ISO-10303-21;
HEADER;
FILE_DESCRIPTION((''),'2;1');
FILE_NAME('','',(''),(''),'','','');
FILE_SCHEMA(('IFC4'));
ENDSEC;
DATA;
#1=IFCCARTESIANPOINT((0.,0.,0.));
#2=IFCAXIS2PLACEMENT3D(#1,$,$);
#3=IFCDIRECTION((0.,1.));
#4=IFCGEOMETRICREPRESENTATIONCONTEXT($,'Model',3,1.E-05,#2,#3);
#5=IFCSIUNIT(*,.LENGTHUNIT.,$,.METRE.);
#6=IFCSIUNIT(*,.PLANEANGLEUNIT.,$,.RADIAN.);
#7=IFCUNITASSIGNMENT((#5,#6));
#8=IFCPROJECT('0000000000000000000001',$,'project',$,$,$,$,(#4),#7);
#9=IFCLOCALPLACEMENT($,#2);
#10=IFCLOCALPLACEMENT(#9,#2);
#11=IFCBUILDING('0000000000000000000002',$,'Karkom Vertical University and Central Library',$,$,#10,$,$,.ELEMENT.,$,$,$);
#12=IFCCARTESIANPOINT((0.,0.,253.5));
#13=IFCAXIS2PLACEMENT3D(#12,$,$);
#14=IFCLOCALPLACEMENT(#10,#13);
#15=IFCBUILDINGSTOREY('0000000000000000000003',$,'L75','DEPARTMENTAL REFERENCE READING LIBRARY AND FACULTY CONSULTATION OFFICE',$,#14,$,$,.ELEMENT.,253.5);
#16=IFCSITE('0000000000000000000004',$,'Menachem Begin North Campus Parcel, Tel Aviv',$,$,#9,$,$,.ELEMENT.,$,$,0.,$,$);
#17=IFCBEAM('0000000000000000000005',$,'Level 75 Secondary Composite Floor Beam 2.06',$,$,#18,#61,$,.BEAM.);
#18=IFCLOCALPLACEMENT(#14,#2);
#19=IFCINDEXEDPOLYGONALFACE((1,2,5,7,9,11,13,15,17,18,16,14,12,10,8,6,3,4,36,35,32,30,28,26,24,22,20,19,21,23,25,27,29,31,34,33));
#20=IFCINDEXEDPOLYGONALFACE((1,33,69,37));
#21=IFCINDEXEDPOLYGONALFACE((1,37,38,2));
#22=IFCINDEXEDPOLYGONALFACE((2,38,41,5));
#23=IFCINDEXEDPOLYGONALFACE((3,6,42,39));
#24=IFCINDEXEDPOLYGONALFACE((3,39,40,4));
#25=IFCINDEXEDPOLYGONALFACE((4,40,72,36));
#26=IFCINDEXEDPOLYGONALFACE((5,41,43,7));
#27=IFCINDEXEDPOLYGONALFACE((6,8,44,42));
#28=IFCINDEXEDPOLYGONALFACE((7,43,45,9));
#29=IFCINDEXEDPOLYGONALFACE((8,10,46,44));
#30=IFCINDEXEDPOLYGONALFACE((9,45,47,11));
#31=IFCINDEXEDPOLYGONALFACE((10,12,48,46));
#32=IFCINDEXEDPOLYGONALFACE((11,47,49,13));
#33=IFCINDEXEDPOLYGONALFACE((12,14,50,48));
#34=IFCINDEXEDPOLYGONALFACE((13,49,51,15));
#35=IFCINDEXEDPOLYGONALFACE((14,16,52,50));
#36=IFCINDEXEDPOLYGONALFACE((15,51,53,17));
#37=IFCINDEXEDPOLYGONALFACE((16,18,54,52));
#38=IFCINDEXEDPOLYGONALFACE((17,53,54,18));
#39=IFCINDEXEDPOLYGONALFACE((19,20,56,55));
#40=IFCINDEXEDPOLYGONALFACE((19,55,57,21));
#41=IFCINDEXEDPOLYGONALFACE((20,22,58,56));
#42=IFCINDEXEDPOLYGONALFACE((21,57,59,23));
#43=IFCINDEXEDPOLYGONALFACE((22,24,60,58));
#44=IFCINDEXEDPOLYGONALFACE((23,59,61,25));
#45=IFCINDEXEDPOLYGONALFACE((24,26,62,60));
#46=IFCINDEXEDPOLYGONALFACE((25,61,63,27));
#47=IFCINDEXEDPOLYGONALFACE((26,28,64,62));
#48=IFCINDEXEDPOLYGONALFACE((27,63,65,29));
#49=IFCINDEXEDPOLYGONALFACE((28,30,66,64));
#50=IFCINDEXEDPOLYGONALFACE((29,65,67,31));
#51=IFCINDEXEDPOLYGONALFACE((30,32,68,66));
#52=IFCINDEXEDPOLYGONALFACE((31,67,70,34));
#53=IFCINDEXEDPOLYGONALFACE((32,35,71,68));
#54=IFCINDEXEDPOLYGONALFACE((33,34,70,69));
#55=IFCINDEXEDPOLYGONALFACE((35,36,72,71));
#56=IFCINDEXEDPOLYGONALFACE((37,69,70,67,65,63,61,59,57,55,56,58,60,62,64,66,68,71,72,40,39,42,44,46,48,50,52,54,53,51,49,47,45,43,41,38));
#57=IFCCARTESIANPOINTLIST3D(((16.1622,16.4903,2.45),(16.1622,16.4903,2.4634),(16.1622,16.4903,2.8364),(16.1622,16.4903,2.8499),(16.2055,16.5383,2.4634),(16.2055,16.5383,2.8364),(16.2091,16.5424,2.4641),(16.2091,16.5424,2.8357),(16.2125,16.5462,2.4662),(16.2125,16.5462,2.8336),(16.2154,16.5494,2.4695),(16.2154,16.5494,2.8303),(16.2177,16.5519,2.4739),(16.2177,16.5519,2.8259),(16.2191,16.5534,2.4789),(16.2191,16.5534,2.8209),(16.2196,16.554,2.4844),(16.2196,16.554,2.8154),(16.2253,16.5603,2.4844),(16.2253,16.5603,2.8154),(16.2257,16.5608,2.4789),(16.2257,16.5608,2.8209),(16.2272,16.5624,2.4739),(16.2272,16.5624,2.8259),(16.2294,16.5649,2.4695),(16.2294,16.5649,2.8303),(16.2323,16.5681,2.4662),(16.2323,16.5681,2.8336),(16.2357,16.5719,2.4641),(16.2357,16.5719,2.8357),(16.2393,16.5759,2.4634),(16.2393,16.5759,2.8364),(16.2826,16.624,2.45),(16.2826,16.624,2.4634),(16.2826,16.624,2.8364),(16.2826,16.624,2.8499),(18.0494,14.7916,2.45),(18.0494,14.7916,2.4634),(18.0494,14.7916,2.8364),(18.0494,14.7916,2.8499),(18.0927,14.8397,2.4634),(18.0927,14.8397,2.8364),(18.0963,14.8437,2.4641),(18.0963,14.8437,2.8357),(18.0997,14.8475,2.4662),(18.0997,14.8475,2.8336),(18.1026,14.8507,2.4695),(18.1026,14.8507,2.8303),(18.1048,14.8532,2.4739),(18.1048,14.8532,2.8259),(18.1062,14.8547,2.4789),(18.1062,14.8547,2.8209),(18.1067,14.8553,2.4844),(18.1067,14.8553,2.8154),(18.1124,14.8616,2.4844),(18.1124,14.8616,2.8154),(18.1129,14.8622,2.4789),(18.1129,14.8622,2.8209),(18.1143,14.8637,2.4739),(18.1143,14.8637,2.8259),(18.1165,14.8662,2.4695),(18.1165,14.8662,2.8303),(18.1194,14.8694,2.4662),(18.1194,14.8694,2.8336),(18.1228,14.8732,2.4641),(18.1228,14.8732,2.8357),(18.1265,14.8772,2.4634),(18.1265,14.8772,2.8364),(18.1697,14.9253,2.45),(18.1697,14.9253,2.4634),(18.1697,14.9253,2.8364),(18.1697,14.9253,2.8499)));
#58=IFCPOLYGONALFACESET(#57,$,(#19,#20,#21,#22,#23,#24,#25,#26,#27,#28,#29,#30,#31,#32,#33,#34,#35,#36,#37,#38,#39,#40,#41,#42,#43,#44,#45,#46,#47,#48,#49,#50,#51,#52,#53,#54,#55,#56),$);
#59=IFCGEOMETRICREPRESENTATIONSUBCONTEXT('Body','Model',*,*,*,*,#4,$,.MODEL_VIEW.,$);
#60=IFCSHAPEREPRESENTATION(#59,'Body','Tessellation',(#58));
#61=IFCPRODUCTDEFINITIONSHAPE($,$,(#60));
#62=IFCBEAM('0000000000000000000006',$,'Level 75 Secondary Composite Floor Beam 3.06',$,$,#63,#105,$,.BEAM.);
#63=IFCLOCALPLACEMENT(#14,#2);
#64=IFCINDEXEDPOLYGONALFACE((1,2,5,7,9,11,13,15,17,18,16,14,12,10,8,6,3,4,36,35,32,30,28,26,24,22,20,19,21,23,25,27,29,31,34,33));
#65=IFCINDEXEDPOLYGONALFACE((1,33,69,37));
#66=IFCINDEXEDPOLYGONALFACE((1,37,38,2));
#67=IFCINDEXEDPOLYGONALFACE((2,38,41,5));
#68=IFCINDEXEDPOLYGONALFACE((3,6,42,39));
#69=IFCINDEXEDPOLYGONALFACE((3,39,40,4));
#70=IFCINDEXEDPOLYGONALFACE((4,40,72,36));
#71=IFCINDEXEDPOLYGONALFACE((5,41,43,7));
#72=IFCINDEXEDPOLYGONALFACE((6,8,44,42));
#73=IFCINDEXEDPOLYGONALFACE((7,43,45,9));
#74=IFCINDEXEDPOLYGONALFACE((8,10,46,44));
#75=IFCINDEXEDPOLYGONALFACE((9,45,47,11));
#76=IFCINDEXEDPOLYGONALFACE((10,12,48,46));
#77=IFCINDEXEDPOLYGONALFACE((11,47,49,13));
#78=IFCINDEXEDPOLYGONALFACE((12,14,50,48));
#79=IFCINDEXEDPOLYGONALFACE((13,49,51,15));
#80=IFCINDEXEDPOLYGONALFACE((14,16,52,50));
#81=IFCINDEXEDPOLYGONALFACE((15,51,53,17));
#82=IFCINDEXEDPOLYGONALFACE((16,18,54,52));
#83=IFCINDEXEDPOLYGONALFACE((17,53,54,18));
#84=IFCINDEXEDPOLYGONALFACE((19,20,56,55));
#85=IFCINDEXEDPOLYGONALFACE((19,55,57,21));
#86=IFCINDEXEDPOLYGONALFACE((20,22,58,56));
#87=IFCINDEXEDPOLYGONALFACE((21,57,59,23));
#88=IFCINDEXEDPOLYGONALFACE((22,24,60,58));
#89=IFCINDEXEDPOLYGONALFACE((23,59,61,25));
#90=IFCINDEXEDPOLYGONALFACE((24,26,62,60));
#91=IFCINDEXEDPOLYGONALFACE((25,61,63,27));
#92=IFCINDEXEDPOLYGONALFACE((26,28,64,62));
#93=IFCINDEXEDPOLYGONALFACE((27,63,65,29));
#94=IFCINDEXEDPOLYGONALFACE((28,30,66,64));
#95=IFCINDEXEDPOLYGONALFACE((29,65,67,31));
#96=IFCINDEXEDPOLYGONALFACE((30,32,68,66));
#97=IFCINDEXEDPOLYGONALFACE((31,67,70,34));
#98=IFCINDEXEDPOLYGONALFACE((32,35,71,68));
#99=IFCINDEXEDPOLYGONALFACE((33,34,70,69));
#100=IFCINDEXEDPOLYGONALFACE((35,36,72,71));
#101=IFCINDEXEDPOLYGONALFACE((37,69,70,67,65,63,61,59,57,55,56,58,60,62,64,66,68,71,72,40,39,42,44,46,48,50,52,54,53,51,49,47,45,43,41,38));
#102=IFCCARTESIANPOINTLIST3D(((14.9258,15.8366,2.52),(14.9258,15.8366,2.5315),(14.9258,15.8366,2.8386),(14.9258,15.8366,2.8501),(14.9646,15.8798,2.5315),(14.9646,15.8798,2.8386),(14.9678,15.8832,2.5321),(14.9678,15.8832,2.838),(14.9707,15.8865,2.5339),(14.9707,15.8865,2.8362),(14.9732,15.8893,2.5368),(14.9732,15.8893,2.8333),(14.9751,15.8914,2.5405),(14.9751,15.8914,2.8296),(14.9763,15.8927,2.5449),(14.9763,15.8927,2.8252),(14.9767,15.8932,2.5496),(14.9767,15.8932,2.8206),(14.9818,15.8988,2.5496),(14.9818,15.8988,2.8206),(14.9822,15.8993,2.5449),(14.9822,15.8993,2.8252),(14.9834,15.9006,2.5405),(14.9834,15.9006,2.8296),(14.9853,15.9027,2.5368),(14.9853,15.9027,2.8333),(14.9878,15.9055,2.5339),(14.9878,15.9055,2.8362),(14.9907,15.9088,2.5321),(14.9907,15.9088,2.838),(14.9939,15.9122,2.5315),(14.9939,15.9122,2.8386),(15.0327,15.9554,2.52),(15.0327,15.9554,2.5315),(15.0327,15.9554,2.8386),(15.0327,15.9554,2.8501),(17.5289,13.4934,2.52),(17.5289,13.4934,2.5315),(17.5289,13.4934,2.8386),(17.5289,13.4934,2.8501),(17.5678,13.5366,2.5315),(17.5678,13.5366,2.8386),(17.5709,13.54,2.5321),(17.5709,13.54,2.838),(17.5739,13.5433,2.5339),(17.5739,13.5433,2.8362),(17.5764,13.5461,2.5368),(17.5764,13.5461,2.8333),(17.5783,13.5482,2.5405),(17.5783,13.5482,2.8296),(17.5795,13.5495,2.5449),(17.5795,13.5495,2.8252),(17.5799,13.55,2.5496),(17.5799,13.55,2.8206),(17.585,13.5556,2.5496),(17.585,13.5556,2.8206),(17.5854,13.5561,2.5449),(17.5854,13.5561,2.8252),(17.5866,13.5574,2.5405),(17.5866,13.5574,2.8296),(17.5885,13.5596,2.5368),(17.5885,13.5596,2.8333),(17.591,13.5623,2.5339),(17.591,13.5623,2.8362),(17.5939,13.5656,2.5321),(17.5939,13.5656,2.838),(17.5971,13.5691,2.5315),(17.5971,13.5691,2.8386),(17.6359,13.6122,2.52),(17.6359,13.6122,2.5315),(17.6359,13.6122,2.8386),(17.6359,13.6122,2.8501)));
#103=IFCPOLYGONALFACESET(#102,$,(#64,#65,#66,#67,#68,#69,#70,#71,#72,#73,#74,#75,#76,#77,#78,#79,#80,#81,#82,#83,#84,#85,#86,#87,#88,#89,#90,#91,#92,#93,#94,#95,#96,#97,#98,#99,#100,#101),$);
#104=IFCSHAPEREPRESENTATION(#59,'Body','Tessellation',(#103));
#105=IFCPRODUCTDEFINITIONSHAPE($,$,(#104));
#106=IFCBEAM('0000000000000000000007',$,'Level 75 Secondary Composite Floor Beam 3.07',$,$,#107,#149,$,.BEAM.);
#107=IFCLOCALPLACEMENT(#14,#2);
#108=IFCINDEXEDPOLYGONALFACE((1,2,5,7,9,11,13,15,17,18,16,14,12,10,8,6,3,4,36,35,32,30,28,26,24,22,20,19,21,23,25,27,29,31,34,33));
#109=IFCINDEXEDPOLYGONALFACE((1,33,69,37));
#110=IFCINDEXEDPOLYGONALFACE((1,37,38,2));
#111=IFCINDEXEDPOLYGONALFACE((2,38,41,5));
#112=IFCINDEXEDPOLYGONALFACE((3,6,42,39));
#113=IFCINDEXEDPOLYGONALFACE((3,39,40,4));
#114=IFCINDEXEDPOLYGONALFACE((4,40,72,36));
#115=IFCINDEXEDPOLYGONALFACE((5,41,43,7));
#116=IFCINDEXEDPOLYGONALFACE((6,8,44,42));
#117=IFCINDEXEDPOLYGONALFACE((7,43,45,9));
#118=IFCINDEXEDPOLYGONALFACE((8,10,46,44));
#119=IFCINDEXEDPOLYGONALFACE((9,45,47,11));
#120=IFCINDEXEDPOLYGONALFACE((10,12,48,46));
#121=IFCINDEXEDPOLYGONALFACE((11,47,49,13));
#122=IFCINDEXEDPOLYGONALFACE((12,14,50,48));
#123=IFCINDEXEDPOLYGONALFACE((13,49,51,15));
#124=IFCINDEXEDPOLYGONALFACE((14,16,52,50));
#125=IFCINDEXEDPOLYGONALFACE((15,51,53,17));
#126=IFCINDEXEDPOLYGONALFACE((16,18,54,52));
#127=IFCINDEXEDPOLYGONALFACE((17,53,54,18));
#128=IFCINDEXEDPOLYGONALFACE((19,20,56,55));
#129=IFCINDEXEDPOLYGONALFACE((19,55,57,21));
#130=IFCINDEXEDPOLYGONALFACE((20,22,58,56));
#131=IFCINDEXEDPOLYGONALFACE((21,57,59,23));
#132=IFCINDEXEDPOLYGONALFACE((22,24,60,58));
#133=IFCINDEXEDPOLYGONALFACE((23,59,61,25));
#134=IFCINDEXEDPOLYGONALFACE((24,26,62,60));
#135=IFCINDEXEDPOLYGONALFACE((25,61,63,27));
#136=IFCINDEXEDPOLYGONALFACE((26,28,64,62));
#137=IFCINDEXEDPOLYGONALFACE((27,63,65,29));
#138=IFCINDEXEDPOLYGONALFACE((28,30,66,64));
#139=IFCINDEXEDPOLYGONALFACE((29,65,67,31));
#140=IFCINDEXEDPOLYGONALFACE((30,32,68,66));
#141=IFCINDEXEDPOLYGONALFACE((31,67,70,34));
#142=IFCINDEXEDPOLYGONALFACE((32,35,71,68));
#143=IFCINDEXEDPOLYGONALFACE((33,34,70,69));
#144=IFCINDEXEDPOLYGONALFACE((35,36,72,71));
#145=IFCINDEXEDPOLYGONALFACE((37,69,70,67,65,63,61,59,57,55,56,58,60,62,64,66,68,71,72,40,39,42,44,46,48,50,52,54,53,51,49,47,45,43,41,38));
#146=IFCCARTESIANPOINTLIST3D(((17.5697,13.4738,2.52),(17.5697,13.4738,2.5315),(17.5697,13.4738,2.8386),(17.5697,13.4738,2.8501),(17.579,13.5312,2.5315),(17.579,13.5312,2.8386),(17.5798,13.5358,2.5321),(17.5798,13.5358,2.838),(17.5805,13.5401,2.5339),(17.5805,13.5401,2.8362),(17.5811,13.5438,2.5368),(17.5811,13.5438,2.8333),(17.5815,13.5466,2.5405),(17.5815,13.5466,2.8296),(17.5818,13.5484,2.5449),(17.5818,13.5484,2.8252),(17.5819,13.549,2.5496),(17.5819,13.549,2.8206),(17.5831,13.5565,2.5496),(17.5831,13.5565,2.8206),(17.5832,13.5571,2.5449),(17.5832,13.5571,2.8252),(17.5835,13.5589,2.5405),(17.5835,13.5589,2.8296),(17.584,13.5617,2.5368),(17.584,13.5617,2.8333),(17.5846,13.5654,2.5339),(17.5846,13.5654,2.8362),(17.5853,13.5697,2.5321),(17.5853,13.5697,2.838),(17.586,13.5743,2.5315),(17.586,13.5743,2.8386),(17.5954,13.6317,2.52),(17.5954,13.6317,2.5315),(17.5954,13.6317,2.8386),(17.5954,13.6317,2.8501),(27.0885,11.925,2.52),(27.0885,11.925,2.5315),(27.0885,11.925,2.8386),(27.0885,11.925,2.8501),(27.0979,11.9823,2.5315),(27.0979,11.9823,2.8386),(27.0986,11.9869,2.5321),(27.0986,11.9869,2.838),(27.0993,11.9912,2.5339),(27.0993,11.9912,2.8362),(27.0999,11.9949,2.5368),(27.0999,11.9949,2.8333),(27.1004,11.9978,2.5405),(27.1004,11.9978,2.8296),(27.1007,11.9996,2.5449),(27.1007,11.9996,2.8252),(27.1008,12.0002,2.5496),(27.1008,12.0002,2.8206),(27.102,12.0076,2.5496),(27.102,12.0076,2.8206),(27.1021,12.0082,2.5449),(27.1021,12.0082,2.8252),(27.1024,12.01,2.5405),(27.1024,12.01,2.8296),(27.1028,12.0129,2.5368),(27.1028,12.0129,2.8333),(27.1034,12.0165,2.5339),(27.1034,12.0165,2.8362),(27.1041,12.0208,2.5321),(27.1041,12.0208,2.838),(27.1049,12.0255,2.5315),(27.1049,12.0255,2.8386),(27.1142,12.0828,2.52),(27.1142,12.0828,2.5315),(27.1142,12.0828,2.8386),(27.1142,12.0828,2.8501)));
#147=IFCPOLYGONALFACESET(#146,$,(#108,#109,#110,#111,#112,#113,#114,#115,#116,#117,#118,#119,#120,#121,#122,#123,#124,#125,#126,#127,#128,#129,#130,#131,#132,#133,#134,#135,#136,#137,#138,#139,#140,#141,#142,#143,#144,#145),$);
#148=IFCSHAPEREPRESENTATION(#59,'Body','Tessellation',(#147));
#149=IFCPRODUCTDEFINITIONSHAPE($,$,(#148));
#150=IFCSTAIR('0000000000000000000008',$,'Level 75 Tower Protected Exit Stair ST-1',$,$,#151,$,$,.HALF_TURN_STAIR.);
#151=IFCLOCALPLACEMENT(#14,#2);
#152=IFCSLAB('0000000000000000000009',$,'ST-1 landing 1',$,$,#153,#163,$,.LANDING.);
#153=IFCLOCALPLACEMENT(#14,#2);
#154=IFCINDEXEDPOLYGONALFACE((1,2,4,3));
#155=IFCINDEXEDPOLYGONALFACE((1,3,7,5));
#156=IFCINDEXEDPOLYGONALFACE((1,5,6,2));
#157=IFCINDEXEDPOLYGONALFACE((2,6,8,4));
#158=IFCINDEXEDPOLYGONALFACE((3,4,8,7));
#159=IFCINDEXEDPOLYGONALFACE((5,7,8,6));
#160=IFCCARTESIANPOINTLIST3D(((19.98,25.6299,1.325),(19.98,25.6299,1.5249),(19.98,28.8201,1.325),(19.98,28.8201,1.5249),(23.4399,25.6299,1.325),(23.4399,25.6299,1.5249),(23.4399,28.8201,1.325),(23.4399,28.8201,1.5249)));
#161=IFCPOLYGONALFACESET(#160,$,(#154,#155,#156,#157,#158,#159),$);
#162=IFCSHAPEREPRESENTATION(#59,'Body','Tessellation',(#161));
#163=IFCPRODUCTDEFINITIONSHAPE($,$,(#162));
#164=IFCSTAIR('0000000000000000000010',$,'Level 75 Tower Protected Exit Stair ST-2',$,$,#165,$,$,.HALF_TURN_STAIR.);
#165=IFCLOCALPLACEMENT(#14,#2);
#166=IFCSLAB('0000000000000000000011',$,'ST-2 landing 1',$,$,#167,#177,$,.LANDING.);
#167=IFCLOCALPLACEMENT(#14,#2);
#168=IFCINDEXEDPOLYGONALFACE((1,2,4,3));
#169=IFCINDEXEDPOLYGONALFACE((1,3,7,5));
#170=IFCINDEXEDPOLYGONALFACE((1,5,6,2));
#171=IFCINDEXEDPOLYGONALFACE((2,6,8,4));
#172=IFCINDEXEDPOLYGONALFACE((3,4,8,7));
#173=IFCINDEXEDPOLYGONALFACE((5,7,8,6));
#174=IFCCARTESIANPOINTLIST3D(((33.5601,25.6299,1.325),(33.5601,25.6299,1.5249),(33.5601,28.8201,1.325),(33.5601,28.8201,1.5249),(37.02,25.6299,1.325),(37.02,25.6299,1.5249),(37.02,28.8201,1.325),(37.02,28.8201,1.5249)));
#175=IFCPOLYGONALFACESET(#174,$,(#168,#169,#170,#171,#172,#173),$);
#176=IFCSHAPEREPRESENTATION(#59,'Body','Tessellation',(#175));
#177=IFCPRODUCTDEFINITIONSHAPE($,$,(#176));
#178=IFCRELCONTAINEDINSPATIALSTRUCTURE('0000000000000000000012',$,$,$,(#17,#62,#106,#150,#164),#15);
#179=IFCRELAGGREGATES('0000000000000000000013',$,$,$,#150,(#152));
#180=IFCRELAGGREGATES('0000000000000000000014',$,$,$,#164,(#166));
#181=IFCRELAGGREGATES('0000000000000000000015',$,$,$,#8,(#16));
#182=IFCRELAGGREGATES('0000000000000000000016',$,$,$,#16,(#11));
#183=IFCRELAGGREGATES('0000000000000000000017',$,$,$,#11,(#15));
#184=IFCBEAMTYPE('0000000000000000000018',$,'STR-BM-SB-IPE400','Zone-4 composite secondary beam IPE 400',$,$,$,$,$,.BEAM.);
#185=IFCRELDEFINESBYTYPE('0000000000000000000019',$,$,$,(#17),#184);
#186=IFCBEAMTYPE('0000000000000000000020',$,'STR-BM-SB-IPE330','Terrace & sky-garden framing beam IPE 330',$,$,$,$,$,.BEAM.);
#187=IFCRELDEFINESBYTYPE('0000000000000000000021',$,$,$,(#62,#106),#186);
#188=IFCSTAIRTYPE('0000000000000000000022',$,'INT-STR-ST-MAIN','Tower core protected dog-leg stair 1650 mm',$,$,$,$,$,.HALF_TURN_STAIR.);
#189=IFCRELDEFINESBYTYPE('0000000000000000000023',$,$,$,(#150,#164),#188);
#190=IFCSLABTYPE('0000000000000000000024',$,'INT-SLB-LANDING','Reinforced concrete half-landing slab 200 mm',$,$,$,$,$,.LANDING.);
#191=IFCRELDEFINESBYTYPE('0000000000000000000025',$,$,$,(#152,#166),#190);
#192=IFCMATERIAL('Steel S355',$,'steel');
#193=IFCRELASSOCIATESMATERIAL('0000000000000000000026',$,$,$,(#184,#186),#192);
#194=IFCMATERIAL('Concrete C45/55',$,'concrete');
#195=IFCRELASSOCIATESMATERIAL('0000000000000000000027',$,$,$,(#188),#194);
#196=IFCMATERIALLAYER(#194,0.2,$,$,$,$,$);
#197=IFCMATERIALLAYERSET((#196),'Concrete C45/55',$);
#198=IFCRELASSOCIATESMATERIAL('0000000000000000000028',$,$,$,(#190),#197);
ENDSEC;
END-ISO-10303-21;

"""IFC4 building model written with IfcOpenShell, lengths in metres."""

from ifc_helpers import new_model, si_unit, direction, frame, origin, origin_with_axes, origin_2d, place, context, subcontext, project, spatial, polyline, i_section, outline, extrude, source, transform, mapped, material, layer, layer_set, material_profile, profile_set, type_object, element, aggregate, save


model = new_model("IFC4")

# Units and contexts
model_context = context("Model", 3, precision=1e-05, world=origin(), true_north=direction((0.0, 1.0)))
body_context = subcontext(model_context, "Body", "Model", "MODEL_VIEW")
ifc_project = project(units=[si_unit("LENGTHUNIT", "METRE"), si_unit("PLANEANGLEUNIT", "RADIAN")], contexts=[model_context])

# Site, building, storey
site_placement = place(None, origin())
site = spatial("IfcSite", under=ifc_project, at=site_placement, Name="Menachem Begin North Campus Parcel, Tel Aviv", CompositionType="ELEMENT", RefElevation=0.0)
building_placement = place(site_placement, origin())
building = spatial("IfcBuilding", under=site, at=building_placement, Name="Karkom Vertical University and Central Library", CompositionType="ELEMENT")
storey_placement = place(building_placement, frame((0.0, 0.0, 253.5)))
storey = spatial("IfcBuildingStorey", under=building, at=storey_placement, Name="L75", Description="DEPARTMENTAL REFERENCE READING LIBRARY AND FACULTY CONSULTATION OFFICE", CompositionType="ELEMENT", Elevation=253.5)

# Shared definitions
ifc_material_1 = material(Name="Concrete C45/55", Category="concrete")

# Beams
ifc_material_2 = material(Name="Steel S355", Category="steel")
ifc_material_profile_1 = material_profile(ifc_material_2, i_section(OverallWidth=0.1799, OverallDepth=0.3999, WebThickness=0.0085, FlangeThickness=0.0134, FilletRadius=0.021, at=origin_2d()), Name="IPE 400")
ifc_profile_set_1 = profile_set([ifc_material_profile_1], Name="Steel S355")
beam_type_1 = type_object("IfcBeamType", Name="STR-BM-SB-IPE400", Description="Zone-4 composite secondary beam IPE 400", PredefinedType="BEAM", material=ifc_profile_set_1)
shared_shape_1 = source(origin_with_axes(), body_context, "Body", "SweptSolid", [
    extrude(i_section(OverallWidth=0.1799, OverallDepth=0.3999, WebThickness=0.0085, FlangeThickness=0.0134, FilletRadius=0.021, at=origin_2d()), origin(), (0.0, 0.0, 1.0), 2.5391),
])
beam_1_placement = place(storey_placement, frame((16.2224, 16.5571, 2.6499), z_axis=(0.743246, -0.669018, 0.0), x_axis=(0.669018, 0.743246, 0.0)))
element("IfcBeam", 1, at=beam_1_placement, inside=storey, type_object=beam_type_1, Name="Level 75 Secondary Composite Floor Beam 2.06", PredefinedType="BEAM", context=body_context, shape_type="MappedRepresentation", body=[
    mapped(shared_shape_1, transform((0.0, 0.0, 0.0), scale=1.0)),
])
ifc_material_profile_2 = material_profile(ifc_material_2, i_section(OverallWidth=0.1599, OverallDepth=0.3301, WebThickness=0.0076, FlangeThickness=0.0115, FilletRadius=0.0181, at=origin_2d()), Name="IPE 330")
ifc_profile_set_2 = profile_set([ifc_material_profile_2], Name="Steel S355")
beam_type_2 = type_object("IfcBeamType", Name="STR-BM-SB-IPE330", Description="Terrace & sky-garden framing beam IPE 330", PredefinedType="BEAM", material=ifc_profile_set_2)
shared_shape_2 = source(origin_with_axes(), body_context, "Body", "SweptSolid", [
    extrude(i_section(OverallWidth=0.1599, OverallDepth=0.3301, WebThickness=0.0076, FlangeThickness=0.0115, FilletRadius=0.0181, at=origin_2d()), origin(), (0.0, 0.0, 1.0), 3.5024),
])
beam_2_placement = place(storey_placement, frame((14.9792, 15.896, 2.6851), z_axis=(0.743249, -0.669015, 0.0), x_axis=(0.669015, 0.743249, 0.0)))
element("IfcBeam", 2, at=beam_2_placement, inside=storey, type_object=beam_type_2, Name="Level 75 Secondary Composite Floor Beam 3.06", PredefinedType="BEAM", context=body_context, shape_type="MappedRepresentation", body=[
    mapped(shared_shape_2, transform((0.0, 0.0, 0.0), scale=1.0)),
])
shared_shape_3 = source(origin_with_axes(), body_context, "Body", "SweptSolid", [
    extrude(i_section(OverallWidth=0.1599, OverallDepth=0.3301, WebThickness=0.0076, FlangeThickness=0.0115, FilletRadius=0.0181, at=origin_2d()), origin(), (0.0, 0.0, 1.0), 9.644),
])
beam_3_placement = place(storey_placement, frame((17.5825, 13.5527, 2.6851), z_axis=(0.987019, -0.1606, 0.0), x_axis=(0.1606, 0.987019, 0.0)))
element("IfcBeam", 3, at=beam_3_placement, inside=storey, type_object=beam_type_2, Name="Level 75 Secondary Composite Floor Beam 3.07", PredefinedType="BEAM", context=body_context, shape_type="MappedRepresentation", body=[
    mapped(shared_shape_3, transform((0.0, 0.0, 0.0), scale=1.0)),
])

# Stairs, slabs
stair_type = type_object("IfcStairType", Name="INT-STR-ST-MAIN", Description="Tower core protected dog-leg stair 1650 mm", PredefinedType="HALF_TURN_STAIR", material=ifc_material_1)
stair_1_placement = place(storey_placement, origin())
stair_1 = element("IfcStair", 4, at=stair_1_placement, inside=storey, type_object=stair_type, Name="Level 75 Tower Protected Exit Stair ST-1", PredefinedType="HALF_TURN_STAIR")
ifc_layer_1 = layer(ifc_material_1, 0.2)
ifc_layer_set_1 = layer_set([ifc_layer_1], Name="Concrete C45/55")
slab_type_1 = type_object("IfcSlabType", Name="INT-SLB-LANDING", Description="Reinforced concrete half-landing slab 200 mm", PredefinedType="LANDING", material=ifc_layer_set_1)
slab_1_placement = place(storey_placement, frame((0.0, 0.0, 1.325)))
slab_1 = element("IfcSlab", 5, at=slab_1_placement, type_object=slab_type_1, Name="ST-1 landing 1", PredefinedType="LANDING", context=body_context, shape_type="SweptSolid", body=[
    extrude(outline(polyline([(23.4399, 25.6299), (23.4399, 28.8201), (19.98, 28.8201), (19.98, 25.6299), (23.4399, 25.6299)])), origin(), (0.0, 0.0, 1.0), 0.2),
])
aggregate(stair_1, [slab_1])
stair_2_placement = place(storey_placement, origin())
stair_2 = element("IfcStair", 6, at=stair_2_placement, inside=storey, type_object=stair_type, Name="Level 75 Tower Protected Exit Stair ST-2", PredefinedType="HALF_TURN_STAIR")
slab_2_placement = place(storey_placement, frame((0.0, 0.0, 1.325)))
slab_2 = element("IfcSlab", 7, at=slab_2_placement, type_object=slab_type_1, Name="ST-2 landing 1", PredefinedType="LANDING", context=body_context, shape_type="SweptSolid", body=[
    extrude(outline(polyline([(37.02, 25.6299), (37.02, 28.8201), (33.5601, 28.8201), (33.5601, 25.6299), (37.02, 25.6299)])), origin(), (0.0, 0.0, 1.0), 0.2),
])
aggregate(stair_2, [slab_2])

save(model, "model.ifc")
